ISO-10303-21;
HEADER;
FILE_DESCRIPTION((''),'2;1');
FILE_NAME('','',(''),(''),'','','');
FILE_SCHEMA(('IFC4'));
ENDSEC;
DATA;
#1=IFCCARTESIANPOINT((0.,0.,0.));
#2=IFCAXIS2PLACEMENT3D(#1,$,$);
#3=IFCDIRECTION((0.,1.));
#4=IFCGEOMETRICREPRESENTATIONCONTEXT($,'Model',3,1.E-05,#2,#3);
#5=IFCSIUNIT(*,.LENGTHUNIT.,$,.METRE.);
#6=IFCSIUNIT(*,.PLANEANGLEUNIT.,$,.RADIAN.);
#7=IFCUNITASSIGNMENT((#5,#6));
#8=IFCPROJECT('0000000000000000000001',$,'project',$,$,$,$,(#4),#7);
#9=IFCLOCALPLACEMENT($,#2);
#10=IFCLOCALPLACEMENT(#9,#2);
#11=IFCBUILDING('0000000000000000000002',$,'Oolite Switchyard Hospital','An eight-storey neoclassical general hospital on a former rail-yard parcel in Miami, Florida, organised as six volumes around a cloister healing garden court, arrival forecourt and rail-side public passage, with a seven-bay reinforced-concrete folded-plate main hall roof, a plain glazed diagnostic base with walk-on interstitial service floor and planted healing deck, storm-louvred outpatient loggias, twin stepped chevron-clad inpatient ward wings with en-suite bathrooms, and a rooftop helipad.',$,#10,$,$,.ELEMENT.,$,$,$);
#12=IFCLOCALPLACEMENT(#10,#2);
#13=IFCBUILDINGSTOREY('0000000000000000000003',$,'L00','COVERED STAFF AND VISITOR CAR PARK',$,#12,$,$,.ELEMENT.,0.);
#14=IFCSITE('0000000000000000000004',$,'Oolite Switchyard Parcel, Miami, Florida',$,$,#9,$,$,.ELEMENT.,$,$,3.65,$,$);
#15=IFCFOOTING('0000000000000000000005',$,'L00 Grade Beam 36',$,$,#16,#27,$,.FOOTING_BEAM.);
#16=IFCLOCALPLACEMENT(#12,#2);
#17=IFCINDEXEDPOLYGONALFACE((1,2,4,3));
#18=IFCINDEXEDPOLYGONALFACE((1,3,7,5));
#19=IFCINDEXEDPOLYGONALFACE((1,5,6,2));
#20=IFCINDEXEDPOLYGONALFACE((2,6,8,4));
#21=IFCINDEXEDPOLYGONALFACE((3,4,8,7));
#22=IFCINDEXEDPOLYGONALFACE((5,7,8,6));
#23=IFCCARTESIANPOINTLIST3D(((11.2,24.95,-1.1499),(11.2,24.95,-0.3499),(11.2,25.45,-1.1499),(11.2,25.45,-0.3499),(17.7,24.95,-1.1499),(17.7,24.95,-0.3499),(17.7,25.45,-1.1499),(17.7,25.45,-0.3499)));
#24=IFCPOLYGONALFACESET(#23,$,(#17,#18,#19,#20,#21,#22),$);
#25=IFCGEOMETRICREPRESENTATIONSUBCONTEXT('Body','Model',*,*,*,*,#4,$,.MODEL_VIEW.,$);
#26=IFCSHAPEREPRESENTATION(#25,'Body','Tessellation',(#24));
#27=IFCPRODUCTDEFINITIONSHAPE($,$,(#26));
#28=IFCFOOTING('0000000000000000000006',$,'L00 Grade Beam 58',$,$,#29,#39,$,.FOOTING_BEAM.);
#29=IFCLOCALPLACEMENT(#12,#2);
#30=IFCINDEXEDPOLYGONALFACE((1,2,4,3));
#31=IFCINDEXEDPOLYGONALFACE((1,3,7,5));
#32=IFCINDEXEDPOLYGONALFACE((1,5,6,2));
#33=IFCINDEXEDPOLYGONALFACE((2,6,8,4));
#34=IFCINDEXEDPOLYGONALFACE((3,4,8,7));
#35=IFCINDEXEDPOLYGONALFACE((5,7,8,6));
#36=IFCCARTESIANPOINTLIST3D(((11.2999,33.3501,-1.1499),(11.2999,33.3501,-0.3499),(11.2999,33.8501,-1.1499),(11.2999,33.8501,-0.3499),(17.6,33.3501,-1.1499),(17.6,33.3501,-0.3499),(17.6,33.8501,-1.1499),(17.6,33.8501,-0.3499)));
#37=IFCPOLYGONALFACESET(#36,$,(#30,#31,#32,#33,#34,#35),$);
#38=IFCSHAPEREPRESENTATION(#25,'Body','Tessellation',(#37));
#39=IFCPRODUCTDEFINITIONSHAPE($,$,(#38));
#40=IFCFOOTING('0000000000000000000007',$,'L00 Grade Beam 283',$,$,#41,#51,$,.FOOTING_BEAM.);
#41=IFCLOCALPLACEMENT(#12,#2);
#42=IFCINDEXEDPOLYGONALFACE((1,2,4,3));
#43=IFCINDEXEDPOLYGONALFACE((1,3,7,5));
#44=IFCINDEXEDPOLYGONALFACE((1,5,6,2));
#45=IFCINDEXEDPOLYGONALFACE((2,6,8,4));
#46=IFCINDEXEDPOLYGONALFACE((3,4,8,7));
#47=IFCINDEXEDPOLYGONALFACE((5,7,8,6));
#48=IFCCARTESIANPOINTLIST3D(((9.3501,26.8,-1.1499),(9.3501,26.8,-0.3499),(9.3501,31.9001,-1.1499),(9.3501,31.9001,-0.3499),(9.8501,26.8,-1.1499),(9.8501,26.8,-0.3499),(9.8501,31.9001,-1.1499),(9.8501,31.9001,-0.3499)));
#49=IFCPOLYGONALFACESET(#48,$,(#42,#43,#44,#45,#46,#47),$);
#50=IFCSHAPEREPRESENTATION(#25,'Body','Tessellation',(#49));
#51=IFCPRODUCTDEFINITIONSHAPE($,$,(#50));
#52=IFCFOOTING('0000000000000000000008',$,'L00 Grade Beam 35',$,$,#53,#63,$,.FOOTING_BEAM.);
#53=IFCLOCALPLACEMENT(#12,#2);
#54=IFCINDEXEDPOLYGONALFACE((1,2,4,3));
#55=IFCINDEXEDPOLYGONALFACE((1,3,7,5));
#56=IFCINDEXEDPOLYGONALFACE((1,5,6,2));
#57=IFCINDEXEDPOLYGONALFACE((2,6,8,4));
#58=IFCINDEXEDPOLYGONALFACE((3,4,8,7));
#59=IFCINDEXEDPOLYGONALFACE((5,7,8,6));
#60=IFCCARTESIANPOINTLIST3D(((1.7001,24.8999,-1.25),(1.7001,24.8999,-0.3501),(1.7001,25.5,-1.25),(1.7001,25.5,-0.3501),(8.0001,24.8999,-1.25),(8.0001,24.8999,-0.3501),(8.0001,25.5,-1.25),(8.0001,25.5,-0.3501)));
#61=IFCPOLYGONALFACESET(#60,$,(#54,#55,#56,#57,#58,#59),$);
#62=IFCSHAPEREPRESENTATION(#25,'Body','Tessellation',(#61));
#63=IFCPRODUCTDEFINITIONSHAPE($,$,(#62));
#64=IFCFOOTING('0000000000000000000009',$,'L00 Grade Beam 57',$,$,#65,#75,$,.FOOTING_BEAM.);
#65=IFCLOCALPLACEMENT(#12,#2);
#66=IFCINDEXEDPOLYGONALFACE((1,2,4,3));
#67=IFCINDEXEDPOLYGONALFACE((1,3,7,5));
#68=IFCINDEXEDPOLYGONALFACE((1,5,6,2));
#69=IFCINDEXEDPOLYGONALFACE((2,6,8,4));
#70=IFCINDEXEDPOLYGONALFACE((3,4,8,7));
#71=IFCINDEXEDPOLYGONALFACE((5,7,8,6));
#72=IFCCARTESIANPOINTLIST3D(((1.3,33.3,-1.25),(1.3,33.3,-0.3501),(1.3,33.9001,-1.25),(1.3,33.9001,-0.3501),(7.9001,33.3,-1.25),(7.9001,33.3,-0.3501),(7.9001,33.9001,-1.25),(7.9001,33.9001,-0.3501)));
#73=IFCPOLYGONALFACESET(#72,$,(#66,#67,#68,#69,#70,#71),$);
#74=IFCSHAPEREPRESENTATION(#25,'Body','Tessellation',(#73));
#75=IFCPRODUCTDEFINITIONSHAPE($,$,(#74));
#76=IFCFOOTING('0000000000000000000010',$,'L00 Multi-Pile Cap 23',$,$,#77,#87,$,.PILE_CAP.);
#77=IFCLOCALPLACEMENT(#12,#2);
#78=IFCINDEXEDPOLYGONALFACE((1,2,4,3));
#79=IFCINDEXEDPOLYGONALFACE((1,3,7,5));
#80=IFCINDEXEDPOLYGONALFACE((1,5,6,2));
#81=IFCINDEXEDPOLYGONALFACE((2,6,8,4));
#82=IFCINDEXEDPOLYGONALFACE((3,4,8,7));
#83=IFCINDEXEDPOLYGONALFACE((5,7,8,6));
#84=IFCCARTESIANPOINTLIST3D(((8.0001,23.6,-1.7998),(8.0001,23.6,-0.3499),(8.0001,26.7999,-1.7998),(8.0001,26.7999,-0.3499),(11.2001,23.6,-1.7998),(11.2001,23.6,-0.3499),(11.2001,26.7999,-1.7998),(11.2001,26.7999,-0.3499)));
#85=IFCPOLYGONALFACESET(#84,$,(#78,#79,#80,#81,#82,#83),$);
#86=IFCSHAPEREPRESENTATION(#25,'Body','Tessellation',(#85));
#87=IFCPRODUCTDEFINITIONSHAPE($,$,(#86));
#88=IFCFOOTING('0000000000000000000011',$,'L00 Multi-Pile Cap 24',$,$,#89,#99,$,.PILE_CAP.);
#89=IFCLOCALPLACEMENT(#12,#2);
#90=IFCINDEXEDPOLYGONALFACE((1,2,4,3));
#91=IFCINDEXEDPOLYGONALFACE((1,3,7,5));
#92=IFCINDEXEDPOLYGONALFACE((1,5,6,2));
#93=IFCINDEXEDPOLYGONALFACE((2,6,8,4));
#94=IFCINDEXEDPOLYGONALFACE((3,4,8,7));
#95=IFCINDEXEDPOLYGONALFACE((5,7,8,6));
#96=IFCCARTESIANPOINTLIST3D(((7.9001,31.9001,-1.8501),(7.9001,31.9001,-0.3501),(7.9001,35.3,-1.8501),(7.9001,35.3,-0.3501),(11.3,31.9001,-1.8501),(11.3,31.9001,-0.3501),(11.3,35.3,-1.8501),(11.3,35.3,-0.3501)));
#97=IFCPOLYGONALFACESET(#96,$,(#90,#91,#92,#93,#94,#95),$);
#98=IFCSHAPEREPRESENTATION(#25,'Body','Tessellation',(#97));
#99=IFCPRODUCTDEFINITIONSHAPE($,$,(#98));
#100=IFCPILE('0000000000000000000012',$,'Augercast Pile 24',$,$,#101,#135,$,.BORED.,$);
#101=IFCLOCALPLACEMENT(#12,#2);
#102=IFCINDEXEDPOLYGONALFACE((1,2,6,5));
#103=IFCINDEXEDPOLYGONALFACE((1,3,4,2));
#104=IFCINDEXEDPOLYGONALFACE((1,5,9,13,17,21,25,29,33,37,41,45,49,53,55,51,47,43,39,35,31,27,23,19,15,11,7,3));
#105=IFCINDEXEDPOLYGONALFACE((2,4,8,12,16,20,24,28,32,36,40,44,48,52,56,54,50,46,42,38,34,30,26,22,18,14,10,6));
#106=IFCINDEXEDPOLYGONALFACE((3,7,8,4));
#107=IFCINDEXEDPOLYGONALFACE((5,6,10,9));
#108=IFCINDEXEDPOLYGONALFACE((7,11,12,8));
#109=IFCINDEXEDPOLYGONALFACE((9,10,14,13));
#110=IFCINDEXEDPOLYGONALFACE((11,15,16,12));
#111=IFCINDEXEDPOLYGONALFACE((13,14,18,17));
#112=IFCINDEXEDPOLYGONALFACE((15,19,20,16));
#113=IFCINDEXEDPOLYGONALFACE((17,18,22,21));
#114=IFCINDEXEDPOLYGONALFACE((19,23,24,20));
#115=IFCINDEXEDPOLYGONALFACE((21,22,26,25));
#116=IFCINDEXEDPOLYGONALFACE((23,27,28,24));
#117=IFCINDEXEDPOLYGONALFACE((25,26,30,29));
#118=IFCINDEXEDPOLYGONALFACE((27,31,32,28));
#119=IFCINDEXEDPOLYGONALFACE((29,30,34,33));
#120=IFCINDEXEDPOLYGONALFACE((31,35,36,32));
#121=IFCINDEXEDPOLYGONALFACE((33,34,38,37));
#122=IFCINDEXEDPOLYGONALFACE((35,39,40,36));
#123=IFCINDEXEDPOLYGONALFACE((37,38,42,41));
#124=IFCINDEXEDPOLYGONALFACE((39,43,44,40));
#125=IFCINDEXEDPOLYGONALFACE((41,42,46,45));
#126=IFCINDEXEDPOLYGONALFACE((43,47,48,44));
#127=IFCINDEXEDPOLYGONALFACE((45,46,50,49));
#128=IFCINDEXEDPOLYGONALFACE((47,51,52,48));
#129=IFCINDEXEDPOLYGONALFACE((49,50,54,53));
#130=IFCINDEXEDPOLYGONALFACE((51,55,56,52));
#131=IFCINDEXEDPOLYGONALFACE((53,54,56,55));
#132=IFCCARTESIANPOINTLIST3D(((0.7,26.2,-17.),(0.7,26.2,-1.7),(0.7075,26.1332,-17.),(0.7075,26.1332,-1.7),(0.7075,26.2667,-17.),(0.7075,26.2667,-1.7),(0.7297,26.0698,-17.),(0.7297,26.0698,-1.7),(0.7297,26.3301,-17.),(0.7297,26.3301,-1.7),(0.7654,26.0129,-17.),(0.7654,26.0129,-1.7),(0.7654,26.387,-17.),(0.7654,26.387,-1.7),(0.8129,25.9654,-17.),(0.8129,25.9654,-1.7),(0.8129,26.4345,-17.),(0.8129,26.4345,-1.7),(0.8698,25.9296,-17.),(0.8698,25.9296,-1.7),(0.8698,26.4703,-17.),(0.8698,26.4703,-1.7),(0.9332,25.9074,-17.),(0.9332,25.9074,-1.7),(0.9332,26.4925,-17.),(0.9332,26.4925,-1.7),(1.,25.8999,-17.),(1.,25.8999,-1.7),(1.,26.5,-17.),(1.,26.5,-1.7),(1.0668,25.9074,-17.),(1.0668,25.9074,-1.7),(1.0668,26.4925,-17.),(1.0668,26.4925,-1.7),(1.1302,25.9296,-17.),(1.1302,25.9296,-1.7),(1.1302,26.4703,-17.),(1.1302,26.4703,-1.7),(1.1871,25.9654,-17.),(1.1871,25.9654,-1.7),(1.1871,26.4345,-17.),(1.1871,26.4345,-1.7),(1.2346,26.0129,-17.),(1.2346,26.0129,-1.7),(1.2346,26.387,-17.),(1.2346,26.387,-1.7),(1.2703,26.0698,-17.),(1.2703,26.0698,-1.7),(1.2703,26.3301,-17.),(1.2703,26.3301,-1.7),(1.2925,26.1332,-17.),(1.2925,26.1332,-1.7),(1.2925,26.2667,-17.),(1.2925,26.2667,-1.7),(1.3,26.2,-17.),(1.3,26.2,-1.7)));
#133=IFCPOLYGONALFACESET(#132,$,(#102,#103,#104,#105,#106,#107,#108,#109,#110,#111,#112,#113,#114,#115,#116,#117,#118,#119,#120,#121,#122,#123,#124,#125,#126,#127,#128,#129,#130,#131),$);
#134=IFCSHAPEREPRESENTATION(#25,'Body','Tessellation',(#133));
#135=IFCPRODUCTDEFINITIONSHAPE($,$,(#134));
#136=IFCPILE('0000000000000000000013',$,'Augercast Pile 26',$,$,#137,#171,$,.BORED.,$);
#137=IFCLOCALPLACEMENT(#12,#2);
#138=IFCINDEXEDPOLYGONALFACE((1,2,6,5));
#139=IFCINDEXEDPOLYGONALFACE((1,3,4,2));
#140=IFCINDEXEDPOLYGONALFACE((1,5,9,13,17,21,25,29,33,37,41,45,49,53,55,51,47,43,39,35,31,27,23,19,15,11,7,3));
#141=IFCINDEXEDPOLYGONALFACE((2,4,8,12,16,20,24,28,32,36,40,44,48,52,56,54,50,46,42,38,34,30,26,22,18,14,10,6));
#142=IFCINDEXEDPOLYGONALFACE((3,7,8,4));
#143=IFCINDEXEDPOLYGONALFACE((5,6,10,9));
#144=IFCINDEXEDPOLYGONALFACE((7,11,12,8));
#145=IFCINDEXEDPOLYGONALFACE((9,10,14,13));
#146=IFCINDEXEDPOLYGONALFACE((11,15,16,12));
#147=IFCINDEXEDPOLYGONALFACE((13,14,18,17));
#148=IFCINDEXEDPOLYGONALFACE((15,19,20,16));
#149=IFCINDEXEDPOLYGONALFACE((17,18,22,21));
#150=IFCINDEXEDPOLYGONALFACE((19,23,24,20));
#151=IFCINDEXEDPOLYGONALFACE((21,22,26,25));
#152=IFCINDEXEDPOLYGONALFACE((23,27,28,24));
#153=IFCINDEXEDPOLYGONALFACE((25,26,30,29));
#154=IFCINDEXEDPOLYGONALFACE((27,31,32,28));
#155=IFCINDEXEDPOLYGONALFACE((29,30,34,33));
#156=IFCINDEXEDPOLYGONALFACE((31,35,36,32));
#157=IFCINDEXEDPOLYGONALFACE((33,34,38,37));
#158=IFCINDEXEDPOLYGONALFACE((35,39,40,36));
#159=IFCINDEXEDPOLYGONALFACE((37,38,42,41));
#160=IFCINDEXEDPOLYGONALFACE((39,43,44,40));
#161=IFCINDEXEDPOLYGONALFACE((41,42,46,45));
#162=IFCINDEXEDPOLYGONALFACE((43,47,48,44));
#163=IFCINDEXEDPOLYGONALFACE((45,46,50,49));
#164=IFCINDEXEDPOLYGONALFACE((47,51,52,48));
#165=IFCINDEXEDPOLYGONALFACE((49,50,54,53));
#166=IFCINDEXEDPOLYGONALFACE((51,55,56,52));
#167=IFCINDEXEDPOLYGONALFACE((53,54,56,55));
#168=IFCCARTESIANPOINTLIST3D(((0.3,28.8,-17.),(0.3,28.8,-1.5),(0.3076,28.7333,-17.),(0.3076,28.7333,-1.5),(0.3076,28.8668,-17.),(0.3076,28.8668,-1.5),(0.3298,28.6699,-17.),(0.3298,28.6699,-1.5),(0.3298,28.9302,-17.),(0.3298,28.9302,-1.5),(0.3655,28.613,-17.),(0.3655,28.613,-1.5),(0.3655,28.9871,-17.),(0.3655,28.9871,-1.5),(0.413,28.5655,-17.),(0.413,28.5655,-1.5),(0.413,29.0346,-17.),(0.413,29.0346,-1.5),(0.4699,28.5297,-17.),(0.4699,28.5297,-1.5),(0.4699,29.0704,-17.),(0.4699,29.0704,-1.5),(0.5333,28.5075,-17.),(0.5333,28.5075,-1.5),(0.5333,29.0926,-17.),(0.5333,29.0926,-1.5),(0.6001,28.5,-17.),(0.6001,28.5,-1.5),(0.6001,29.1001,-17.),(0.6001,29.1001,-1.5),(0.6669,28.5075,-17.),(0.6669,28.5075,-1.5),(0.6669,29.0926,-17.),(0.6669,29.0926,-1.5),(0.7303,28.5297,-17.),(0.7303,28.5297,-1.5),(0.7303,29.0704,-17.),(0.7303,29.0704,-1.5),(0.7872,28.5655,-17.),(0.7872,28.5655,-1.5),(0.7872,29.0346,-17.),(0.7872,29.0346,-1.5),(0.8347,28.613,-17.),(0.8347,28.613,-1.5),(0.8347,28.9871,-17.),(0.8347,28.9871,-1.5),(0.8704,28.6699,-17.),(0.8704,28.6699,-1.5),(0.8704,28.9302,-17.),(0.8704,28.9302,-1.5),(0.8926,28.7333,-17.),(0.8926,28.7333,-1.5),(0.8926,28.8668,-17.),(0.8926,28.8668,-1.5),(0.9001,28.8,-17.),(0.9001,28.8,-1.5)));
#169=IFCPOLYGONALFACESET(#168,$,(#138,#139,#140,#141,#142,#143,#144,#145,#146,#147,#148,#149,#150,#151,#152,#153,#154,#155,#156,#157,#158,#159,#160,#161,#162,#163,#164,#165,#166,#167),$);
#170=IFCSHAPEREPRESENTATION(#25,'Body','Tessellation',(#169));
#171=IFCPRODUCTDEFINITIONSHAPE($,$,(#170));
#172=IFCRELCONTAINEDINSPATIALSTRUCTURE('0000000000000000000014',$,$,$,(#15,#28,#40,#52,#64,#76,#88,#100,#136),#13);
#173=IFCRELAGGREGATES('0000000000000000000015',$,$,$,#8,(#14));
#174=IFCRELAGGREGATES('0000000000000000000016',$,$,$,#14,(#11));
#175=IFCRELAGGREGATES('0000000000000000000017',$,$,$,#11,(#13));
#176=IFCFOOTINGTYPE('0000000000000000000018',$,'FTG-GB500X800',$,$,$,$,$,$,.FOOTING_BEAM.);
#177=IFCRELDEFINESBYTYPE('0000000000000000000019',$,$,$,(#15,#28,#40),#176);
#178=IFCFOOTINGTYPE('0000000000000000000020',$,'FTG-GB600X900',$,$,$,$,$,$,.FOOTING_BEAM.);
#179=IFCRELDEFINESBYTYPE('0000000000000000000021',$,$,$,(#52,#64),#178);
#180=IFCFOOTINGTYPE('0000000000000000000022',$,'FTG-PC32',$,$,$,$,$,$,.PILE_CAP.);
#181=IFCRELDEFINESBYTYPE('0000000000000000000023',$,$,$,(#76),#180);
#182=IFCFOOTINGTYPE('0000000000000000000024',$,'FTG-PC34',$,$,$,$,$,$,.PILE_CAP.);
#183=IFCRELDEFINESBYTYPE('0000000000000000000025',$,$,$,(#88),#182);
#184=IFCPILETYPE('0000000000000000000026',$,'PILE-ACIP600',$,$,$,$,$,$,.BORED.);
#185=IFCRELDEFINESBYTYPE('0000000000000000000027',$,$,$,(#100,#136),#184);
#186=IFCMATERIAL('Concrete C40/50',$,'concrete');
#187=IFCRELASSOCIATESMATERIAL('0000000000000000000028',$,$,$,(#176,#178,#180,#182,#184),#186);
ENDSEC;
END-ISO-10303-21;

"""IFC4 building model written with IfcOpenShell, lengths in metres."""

from ifc_helpers import new_model, si_unit, direction, frame, origin, origin_2d, place, context, subcontext, project, spatial, rectangle, circle, extrude, material, material_profile, profile_set, type_object, element, save


model = new_model("IFC4")

# Units and contexts
model_context = context("Model", 3, precision=1e-05, world=origin(), true_north=direction((0.0, 1.0)))
body_context = subcontext(model_context, "Body", "Model", "MODEL_VIEW")
ifc_project = project(units=[si_unit("LENGTHUNIT", "METRE"), si_unit("PLANEANGLEUNIT", "RADIAN")], contexts=[model_context])

# Site, building, storey
site_placement = place(None, origin())
site = spatial("IfcSite", under=ifc_project, at=site_placement, Name="Oolite Switchyard Parcel, Miami, Florida", CompositionType="ELEMENT", RefElevation=3.65)
building_placement = place(site_placement, origin())
building = spatial("IfcBuilding", under=site, at=building_placement, Name="Oolite Switchyard Hospital", Description="An eight-storey neoclassical general hospital on a former rail-yard parcel in Miami, Florida, organised as six volumes around a cloister healing garden court, arrival forecourt and rail-side public passage, with a seven-bay reinforced-concrete folded-plate main hall roof, a plain glazed diagnostic base with walk-on interstitial service floor and planted healing deck, storm-louvred outpatient loggias, twin stepped chevron-clad inpatient ward wings with en-suite bathrooms, and a rooftop helipad.", CompositionType="ELEMENT")
storey_placement = place(building_placement, origin())
storey = spatial("IfcBuildingStorey", under=building, at=storey_placement, Name="L00", Description="COVERED STAFF AND VISITOR CAR PARK", CompositionType="ELEMENT", Elevation=0.0)

# Footings
ifc_material_1 = material(Name="Concrete C40/50", Category="concrete")
footing_type_1 = type_object("IfcFootingType", Name="FTG-GB500X800", PredefinedType="FOOTING_BEAM", material=ifc_material_1)
footing_1_placement = place(storey_placement, frame((14.45, 25.2, -1.1499), z_axis=(0.0, 0.0, 1.0), x_axis=(1.0, 0.0, 0.0)))
element("IfcFooting", 1, at=footing_1_placement, inside=storey, type_object=footing_type_1, Name="L00 Grade Beam 36", PredefinedType="FOOTING_BEAM", context=body_context, shape_type="SweptSolid", body=[
    extrude(rectangle(XDim=6.5, YDim=0.5, at=origin_2d()), origin(), (0.0, 0.0, 1.0), 0.8),
])
footing_2_placement = place(storey_placement, frame((14.45, 33.6001, -1.1499), z_axis=(0.0, 0.0, 1.0), x_axis=(1.0, 0.0, 0.0)))
element("IfcFooting", 2, at=footing_2_placement, inside=storey, type_object=footing_type_1, Name="L00 Grade Beam 58", PredefinedType="FOOTING_BEAM", context=body_context, shape_type="SweptSolid", body=[
    extrude(rectangle(XDim=6.3, YDim=0.5, at=origin_2d()), origin(), (0.0, 0.0, 1.0), 0.8),
])
footing_3_placement = place(storey_placement, frame((9.6001, 29.3501, -1.1499), z_axis=(0.0, 0.0, 1.0), x_axis=(0.0, 1.0, 0.0)))
element("IfcFooting", 3, at=footing_3_placement, inside=storey, type_object=footing_type_1, Name="L00 Grade Beam 283", PredefinedType="FOOTING_BEAM", context=body_context, shape_type="SweptSolid", body=[
    extrude(rectangle(XDim=5.1001, YDim=0.5, at=origin_2d()), origin(), (0.0, 0.0, 1.0), 0.8),
])
footing_type_2 = type_object("IfcFootingType", Name="FTG-GB600X900", PredefinedType="FOOTING_BEAM", material=ifc_material_1)
footing_4_placement = place(storey_placement, frame((4.8501, 25.2, -1.25), z_axis=(0.0, 0.0, 1.0), x_axis=(1.0, 0.0, 0.0)))
element("IfcFooting", 4, at=footing_4_placement, inside=storey, type_object=footing_type_2, Name="L00 Grade Beam 35", PredefinedType="FOOTING_BEAM", context=body_context, shape_type="SweptSolid", body=[
    extrude(rectangle(XDim=6.3, YDim=0.6001, at=origin_2d()), origin(), (0.0, 0.0, 1.0), 0.8999),
])
footing_5_placement = place(storey_placement, frame((4.6001, 33.6001, -1.25), z_axis=(0.0, 0.0, 1.0), x_axis=(1.0, 0.0, 0.0)))
element("IfcFooting", 5, at=footing_5_placement, inside=storey, type_object=footing_type_2, Name="L00 Grade Beam 57", PredefinedType="FOOTING_BEAM", context=body_context, shape_type="SweptSolid", body=[
    extrude(rectangle(XDim=6.6001, YDim=0.6001, at=origin_2d()), origin(), (0.0, 0.0, 1.0), 0.8999),
])
footing_type_3 = type_object("IfcFootingType", Name="FTG-PC32", PredefinedType="PILE_CAP", material=ifc_material_1)
footing_6_placement = place(storey_placement, frame((9.6001, 25.2, -1.7998), z_axis=(0.0, 0.0, 1.0), x_axis=(1.0, 0.0, 0.0)))
element("IfcFooting", 6, at=footing_6_placement, inside=storey, type_object=footing_type_3, Name="L00 Multi-Pile Cap 23", PredefinedType="PILE_CAP", context=body_context, shape_type="SweptSolid", body=[
    extrude(rectangle(XDim=3.2, YDim=3.2, at=origin_2d()), origin(), (0.0, 0.0, 1.0), 1.45),
])
footing_type_4 = type_object("IfcFootingType", Name="FTG-PC34", PredefinedType="PILE_CAP", material=ifc_material_1)
footing_7_placement = place(storey_placement, frame((9.6001, 33.6001, -1.8501), z_axis=(0.0, 0.0, 1.0), x_axis=(1.0, 0.0, 0.0)))
element("IfcFooting", 7, at=footing_7_placement, inside=storey, type_object=footing_type_4, Name="L00 Multi-Pile Cap 24", PredefinedType="PILE_CAP", context=body_context, shape_type="SweptSolid", body=[
    extrude(rectangle(XDim=3.3999, YDim=3.3999, at=origin_2d()), origin(), (0.0, 0.0, 1.0), 1.5),
])

# Piles
ifc_material_profile_1 = material_profile(ifc_material_1, circle(Radius=0.3, at=origin_2d()), Name="PILE600")
ifc_profile_set_1 = profile_set([ifc_material_profile_1], Name="Concrete C40/50")
pile_type = type_object("IfcPileType", Name="PILE-ACIP600", PredefinedType="BORED", material=ifc_profile_set_1)
pile_placement = place(storey_placement, frame((1.0, 26.2, -1.7), z_axis=(0.0, 0.0, -1.0), x_axis=(1.0, 0.0, 0.0)))
element("IfcPile", 8, at=pile_placement, inside=storey, type_object=pile_type, Name="Augercast Pile 24", PredefinedType="BORED", context=body_context, shape_type="SweptSolid", body=[
    extrude(circle(Radius=0.3, at=origin_2d()), origin(), (0.0, 0.0, 1.0), 15.3),
])
for number, where, z_axis, x_axis, name in (
    (9, (0.6001, 28.8, -1.5), (0.0, 0.0, -1.0), (1.0, 0.0, 0.0), "Augercast Pile 26"),
):
    element("IfcPile", number, at=place(storey_placement, frame(where, z_axis=z_axis, x_axis=x_axis)), inside=storey, type_object=pile_type, Name=name, PredefinedType="BORED", context=body_context, shape_type="SweptSolid", body=[
        extrude(circle(Radius=0.3, at=origin_2d()), origin(), (0.0, 0.0, 1.0), 15.5),
    ])

save(model, "model.ifc")
